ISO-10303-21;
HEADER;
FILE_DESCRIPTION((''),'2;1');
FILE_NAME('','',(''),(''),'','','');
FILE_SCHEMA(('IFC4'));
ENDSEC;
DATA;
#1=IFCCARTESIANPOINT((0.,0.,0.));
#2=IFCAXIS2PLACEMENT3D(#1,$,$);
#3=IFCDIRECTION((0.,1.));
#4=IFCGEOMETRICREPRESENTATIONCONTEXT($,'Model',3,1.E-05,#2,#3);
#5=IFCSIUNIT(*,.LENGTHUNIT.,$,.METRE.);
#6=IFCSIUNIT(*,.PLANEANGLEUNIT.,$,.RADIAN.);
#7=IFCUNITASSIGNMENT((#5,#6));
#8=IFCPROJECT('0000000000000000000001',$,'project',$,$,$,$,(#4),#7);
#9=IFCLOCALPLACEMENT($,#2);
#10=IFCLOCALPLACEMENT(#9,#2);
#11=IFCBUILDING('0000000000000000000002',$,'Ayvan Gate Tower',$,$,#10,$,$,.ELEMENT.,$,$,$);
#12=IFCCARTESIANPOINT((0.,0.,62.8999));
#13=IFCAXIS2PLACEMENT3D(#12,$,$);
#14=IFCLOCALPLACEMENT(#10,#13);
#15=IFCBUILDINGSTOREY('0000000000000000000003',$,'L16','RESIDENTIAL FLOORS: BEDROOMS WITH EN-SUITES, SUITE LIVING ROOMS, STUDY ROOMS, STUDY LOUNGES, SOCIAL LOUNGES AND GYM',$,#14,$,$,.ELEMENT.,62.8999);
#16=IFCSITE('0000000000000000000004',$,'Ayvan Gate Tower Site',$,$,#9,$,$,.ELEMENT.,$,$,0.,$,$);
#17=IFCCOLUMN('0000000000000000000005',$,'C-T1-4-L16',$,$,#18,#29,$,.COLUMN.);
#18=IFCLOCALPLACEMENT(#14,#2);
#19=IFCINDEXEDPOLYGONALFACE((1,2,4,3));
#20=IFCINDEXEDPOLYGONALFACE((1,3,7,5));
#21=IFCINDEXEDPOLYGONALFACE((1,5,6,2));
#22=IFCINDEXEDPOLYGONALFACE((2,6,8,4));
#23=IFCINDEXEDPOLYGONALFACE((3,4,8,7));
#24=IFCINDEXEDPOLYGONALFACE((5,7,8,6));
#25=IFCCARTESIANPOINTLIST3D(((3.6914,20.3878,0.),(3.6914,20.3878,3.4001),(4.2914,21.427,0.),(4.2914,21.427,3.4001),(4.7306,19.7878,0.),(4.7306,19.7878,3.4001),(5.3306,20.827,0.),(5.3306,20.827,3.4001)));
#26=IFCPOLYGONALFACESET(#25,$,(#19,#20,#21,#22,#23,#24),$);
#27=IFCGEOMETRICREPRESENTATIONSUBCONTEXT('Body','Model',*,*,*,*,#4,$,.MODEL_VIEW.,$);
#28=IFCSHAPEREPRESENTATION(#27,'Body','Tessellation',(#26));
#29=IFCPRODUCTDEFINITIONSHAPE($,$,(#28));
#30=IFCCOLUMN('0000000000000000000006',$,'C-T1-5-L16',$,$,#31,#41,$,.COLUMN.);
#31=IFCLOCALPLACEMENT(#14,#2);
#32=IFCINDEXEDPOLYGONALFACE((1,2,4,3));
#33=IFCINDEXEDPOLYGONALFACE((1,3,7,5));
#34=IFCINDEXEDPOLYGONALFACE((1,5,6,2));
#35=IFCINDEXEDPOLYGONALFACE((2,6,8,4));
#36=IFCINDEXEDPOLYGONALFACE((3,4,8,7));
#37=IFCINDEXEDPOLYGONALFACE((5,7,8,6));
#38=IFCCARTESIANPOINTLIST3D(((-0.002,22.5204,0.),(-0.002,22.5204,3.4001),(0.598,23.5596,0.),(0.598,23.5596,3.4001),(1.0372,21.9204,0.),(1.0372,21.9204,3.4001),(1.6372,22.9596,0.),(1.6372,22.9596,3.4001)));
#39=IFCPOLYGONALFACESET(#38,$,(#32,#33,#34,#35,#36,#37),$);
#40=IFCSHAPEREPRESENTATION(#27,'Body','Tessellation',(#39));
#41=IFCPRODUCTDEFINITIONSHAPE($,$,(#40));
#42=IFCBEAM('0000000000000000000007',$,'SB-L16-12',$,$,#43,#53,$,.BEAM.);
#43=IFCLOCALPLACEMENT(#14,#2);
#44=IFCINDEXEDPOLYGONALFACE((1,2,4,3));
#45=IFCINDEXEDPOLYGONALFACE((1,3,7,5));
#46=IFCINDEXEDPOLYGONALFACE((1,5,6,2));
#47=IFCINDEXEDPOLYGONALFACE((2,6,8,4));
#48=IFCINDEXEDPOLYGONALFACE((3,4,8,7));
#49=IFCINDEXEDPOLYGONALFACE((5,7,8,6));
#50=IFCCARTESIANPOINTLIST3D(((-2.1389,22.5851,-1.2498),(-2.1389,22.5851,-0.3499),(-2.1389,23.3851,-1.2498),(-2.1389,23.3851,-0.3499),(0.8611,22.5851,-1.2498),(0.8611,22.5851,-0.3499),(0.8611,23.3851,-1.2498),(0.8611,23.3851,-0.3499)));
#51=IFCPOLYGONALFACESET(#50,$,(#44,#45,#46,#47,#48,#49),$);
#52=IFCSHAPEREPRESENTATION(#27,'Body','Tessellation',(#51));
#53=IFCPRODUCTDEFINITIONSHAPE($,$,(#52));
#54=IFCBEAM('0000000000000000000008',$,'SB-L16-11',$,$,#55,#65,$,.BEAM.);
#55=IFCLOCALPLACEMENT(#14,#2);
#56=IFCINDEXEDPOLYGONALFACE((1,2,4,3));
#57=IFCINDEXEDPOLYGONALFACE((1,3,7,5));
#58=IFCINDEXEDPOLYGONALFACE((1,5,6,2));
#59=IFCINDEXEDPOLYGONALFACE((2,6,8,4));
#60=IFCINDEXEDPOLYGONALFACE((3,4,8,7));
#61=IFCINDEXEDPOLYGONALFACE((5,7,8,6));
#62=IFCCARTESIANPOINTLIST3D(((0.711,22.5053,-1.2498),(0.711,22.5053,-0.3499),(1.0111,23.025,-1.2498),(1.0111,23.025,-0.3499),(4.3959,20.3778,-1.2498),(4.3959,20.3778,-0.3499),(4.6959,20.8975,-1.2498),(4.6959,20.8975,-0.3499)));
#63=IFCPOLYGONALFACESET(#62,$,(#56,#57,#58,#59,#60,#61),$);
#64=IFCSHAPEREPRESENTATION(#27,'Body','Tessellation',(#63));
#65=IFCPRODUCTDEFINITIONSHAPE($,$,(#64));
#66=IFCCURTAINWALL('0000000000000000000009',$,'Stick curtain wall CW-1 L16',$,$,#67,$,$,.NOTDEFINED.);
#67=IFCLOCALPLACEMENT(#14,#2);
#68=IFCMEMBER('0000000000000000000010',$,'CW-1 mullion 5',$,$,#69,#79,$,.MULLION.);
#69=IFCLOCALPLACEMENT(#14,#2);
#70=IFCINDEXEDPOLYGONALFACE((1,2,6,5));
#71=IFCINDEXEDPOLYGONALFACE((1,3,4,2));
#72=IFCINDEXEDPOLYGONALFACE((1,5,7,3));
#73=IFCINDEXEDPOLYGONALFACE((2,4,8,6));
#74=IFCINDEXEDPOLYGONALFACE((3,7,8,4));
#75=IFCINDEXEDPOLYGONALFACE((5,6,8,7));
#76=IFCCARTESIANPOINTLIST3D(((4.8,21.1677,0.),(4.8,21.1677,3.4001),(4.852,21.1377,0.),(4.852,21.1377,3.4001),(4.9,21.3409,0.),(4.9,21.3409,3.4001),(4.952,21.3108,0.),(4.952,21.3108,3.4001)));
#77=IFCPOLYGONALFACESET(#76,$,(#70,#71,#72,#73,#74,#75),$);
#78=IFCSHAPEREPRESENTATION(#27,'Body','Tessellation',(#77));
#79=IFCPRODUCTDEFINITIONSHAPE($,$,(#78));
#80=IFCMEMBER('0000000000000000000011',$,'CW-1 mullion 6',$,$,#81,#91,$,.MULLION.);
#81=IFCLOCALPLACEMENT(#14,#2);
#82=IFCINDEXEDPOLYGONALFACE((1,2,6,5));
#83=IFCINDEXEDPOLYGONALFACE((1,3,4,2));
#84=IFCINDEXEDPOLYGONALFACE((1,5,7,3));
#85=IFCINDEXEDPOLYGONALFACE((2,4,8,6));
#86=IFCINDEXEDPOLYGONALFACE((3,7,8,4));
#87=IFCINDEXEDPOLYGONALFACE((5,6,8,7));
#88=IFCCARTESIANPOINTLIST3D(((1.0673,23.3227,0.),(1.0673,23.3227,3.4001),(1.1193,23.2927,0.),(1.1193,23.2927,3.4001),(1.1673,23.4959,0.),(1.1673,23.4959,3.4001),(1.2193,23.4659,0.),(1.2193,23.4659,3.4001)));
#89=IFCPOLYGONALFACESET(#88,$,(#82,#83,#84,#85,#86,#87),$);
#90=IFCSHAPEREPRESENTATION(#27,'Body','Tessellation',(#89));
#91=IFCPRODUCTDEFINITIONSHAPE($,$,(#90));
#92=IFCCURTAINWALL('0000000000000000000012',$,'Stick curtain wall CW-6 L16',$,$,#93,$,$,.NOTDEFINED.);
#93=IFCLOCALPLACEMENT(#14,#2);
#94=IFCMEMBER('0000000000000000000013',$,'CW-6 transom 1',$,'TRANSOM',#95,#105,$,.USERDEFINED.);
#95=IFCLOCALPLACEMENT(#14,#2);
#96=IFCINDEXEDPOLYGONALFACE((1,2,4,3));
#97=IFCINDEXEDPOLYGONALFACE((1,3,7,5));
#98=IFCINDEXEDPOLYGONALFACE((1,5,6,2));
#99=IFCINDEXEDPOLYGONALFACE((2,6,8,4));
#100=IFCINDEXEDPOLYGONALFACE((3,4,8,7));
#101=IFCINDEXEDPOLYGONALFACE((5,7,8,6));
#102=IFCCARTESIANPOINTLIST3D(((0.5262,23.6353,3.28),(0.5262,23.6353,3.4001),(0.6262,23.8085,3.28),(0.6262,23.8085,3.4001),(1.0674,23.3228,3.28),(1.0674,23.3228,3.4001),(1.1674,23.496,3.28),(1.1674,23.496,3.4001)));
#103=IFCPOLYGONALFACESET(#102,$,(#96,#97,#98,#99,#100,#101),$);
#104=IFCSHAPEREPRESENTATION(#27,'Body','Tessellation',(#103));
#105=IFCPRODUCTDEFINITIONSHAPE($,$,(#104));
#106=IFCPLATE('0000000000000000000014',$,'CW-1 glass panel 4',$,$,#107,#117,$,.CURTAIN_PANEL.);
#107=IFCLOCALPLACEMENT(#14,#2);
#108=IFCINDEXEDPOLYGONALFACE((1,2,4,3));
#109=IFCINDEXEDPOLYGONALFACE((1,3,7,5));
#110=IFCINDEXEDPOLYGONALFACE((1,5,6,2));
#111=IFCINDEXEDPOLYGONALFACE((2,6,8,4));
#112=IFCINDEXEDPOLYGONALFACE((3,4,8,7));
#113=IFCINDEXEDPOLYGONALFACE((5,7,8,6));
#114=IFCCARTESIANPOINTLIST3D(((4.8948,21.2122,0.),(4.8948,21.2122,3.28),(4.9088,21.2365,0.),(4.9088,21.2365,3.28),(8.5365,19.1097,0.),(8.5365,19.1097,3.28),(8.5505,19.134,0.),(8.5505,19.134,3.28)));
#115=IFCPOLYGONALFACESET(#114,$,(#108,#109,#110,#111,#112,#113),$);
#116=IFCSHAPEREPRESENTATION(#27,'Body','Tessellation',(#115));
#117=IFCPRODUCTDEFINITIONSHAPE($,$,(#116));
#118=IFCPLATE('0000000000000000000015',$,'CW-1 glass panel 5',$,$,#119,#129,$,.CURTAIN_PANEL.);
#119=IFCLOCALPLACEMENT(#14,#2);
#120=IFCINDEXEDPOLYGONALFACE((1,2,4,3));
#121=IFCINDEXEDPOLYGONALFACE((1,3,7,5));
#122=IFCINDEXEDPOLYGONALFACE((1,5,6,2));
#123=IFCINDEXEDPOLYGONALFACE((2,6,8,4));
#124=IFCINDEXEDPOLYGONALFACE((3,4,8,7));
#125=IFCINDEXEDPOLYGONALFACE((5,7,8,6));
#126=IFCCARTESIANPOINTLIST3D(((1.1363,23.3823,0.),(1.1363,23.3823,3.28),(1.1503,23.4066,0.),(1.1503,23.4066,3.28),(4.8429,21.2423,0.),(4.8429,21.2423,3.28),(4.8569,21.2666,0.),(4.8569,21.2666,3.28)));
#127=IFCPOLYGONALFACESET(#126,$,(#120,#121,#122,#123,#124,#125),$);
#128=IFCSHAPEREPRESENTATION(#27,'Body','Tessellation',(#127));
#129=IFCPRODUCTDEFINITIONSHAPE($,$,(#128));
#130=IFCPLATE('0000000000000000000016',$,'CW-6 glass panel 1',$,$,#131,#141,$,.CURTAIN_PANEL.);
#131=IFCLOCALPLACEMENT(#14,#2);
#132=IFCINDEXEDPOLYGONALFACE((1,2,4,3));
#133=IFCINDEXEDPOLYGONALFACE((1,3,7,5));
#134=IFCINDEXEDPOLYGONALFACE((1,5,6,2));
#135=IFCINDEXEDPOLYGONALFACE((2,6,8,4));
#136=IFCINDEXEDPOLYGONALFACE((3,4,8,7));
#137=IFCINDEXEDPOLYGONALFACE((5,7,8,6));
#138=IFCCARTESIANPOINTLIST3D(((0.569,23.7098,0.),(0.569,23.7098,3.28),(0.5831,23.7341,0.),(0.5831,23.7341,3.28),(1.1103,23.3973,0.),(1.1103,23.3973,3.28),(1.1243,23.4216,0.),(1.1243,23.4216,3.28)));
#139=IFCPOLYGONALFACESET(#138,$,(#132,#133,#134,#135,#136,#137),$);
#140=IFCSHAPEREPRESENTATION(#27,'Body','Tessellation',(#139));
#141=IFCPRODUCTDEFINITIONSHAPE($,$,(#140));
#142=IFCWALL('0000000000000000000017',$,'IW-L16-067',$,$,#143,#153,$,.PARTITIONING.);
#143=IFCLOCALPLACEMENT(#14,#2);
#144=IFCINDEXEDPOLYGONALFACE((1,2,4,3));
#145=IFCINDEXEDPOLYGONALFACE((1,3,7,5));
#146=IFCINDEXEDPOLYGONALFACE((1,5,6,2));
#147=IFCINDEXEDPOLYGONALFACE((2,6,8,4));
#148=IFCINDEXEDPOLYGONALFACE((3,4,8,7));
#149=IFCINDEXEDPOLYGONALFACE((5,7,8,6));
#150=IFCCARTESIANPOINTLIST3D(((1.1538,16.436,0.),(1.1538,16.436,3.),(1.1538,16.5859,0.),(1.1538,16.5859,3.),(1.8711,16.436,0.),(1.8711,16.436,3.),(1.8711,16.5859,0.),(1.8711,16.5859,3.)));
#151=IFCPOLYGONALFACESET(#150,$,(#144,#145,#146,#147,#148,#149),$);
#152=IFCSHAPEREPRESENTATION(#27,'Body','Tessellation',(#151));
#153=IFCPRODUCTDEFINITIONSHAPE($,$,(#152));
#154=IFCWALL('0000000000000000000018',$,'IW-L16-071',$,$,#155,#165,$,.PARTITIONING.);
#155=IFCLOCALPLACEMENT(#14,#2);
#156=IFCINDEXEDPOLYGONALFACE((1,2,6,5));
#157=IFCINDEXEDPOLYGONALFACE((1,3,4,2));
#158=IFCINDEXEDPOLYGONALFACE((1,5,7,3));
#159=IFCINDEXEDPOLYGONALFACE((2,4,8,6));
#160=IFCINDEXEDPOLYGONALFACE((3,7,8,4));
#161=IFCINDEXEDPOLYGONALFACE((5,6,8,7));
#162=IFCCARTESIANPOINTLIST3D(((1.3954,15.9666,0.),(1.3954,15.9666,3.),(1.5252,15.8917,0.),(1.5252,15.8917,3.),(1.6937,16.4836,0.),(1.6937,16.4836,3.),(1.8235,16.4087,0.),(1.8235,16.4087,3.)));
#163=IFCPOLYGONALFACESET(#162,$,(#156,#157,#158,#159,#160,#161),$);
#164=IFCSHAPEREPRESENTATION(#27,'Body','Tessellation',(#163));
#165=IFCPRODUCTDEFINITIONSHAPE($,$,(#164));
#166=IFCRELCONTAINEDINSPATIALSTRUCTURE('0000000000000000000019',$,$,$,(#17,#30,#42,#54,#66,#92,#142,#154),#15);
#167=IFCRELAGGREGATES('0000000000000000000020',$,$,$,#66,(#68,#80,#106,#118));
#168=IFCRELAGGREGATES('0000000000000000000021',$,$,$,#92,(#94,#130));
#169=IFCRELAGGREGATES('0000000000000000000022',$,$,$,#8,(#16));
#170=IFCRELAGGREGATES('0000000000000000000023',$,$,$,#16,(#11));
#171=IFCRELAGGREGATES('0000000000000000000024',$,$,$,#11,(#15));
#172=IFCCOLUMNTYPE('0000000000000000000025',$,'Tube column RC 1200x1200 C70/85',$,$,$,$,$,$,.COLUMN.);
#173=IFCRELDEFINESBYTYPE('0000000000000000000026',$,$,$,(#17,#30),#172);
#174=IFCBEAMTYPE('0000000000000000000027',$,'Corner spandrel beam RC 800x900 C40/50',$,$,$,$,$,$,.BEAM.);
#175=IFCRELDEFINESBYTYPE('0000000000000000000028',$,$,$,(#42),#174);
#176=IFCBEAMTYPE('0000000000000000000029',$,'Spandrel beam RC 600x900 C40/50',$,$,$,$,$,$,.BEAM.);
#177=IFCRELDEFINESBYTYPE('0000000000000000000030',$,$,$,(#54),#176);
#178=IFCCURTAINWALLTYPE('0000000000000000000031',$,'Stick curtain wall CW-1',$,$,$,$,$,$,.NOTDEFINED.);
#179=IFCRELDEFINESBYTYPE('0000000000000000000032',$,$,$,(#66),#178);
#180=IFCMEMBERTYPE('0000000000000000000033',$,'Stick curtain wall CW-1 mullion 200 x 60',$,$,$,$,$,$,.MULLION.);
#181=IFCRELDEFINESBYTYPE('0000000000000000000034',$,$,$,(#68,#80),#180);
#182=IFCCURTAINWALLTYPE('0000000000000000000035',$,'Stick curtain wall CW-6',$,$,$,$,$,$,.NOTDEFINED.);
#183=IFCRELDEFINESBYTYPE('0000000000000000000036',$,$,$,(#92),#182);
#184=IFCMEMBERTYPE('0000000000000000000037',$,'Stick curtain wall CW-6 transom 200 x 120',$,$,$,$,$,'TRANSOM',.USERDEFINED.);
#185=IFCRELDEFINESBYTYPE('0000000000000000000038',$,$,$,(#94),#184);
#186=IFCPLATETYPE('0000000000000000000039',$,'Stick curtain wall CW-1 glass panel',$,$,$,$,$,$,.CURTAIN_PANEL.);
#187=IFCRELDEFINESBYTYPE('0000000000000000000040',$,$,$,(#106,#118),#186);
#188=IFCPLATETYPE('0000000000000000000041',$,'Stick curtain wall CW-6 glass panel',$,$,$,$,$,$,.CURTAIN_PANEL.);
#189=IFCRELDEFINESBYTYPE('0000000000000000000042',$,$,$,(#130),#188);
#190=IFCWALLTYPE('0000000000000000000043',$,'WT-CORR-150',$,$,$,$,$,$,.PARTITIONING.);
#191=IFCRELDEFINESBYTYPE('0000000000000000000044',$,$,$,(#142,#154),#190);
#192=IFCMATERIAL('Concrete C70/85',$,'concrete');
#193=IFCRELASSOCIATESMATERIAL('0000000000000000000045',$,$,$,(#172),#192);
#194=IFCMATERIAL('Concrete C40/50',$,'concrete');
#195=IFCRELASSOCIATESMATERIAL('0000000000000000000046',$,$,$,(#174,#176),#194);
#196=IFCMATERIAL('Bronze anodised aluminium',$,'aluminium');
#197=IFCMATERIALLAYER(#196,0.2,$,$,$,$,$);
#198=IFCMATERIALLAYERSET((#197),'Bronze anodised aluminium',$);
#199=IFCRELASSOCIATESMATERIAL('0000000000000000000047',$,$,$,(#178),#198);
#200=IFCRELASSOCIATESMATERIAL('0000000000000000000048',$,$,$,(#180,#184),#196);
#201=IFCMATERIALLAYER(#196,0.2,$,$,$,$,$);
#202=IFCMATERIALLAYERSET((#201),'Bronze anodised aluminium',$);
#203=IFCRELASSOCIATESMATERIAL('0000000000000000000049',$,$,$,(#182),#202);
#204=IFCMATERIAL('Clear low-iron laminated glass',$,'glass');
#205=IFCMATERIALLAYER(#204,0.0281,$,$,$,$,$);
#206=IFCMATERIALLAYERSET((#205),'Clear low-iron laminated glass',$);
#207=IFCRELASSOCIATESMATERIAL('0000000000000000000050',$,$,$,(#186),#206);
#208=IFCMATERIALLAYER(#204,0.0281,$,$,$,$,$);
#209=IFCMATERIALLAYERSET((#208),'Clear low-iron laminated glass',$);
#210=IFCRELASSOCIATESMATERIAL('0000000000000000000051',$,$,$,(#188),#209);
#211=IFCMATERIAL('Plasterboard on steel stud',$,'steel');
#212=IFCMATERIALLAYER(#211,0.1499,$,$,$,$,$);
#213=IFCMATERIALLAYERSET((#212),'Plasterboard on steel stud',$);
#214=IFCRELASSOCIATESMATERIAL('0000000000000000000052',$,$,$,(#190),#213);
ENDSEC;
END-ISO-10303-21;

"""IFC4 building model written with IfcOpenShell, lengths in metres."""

from ifc_helpers import new_model, si_unit, direction, frame, frame_2d, origin, origin_2d, place, context, subcontext, project, spatial, rectangle, extrude, material, layer, layer_set, material_profile, profile_set, type_object, element, aggregate, save


model = new_model("IFC4")

# Units and contexts
model_context = context("Model", 3, precision=1e-05, world=origin(), true_north=direction((0.0, 1.0)))
body_context = subcontext(model_context, "Body", "Model", "MODEL_VIEW")
ifc_project = project(units=[si_unit("LENGTHUNIT", "METRE"), si_unit("PLANEANGLEUNIT", "RADIAN")], contexts=[model_context])

# Site, building, storey
site_placement = place(None, origin())
site = spatial("IfcSite", under=ifc_project, at=site_placement, Name="Ayvan Gate Tower Site", CompositionType="ELEMENT", RefElevation=0.0)
building_placement = place(site_placement, origin())
building = spatial("IfcBuilding", under=site, at=building_placement, Name="Ayvan Gate Tower", CompositionType="ELEMENT")
storey_placement = place(building_placement, frame((0.0, 0.0, 62.8999)))
storey = spatial("IfcBuildingStorey", under=building, at=storey_placement, Name="L16", Description="RESIDENTIAL FLOORS: BEDROOMS WITH EN-SUITES, SUITE LIVING ROOMS, STUDY ROOMS, STUDY LOUNGES, SOCIAL LOUNGES AND GYM", CompositionType="ELEMENT", Elevation=62.8999)

# Columns
ifc_material_1 = material(Name="Concrete C70/85", Category="concrete")
ifc_material_profile_1 = material_profile(ifc_material_1, rectangle(XDim=1.2, YDim=1.2, at=origin_2d()), Name="RC 1200x1200")
ifc_profile_set_1 = profile_set([ifc_material_profile_1], Name="Concrete C70/85")
column_type = type_object("IfcColumnType", Name="Tube column RC 1200x1200 C70/85", PredefinedType="COLUMN", material=ifc_profile_set_1)
for number, where, z_axis, x_axis, name in (
    (1, (4.511, 20.6074, 0.0), (0.0, 0.0, 1.0), (0.5, 0.866025, 0.0), "C-T1-4-L16"),
    (2, (0.8176, 22.74, 0.0), (0.0, 0.0, 1.0), (0.5, 0.866025, 0.0), "C-T1-5-L16"),
):
    element("IfcColumn", number, at=place(storey_placement, frame(where, z_axis=z_axis, x_axis=x_axis)), inside=storey, type_object=column_type, Name=name, PredefinedType="COLUMN", context=body_context, shape_type="SweptSolid", body=[
        extrude(rectangle(XDim=1.2, YDim=1.2, at=origin_2d()), origin(), (0.0, 0.0, 1.0), 3.4001),
    ])

# Beams
ifc_material_2 = material(Name="Concrete C40/50", Category="concrete")
ifc_material_profile_2 = material_profile(ifc_material_2, rectangle(XDim=0.8, YDim=0.8999, at=origin_2d()), Name="RC 800x900")
ifc_profile_set_2 = profile_set([ifc_material_profile_2], Name="Concrete C40/50")
beam_type_1 = type_object("IfcBeamType", Name="Corner spandrel beam RC 800x900 C40/50", PredefinedType="BEAM", material=ifc_profile_set_2)
beam_1_placement = place(storey_placement, frame((0.8611, 22.9851, -0.7998), z_axis=(-1.0, 0.0, 0.0), x_axis=(0.0, -1.0, 0.0)))
element("IfcBeam", 3, at=beam_1_placement, inside=storey, type_object=beam_type_1, Name="SB-L16-12", PredefinedType="BEAM", context=body_context, shape_type="SweptSolid", body=[
    extrude(rectangle(XDim=0.8, YDim=0.8999, at=origin_2d()), origin(), (0.0, 0.0, 1.0), 3.0),
])
ifc_material_profile_3 = material_profile(ifc_material_2, rectangle(XDim=0.6001, YDim=0.8999, at=origin_2d()), Name="RC 600x900")
ifc_profile_set_3 = profile_set([ifc_material_profile_3], Name="Concrete C40/50")
beam_type_2 = type_object("IfcBeamType", Name="Spandrel beam RC 600x900 C40/50", PredefinedType="BEAM", material=ifc_profile_set_3)
beam_2_placement = place(storey_placement, frame((4.5459, 20.6377, -0.7998), z_axis=(-0.866024, 0.500002, 0.0), x_axis=(-0.500002, -0.866024, 0.0)))
element("IfcBeam", 4, at=beam_2_placement, inside=storey, type_object=beam_type_2, Name="SB-L16-11", PredefinedType="BEAM", context=body_context, shape_type="SweptSolid", body=[
    extrude(rectangle(XDim=0.6001, YDim=0.8999, at=origin_2d()), origin(), (0.0, 0.0, 1.0), 4.2549),
])

# Curtain wall, members
ifc_material_3 = material(Name="Bronze anodised aluminium", Category="aluminium")
ifc_layer_1 = layer(ifc_material_3, 0.2)
ifc_layer_set_1 = layer_set([ifc_layer_1], Name="Bronze anodised aluminium")
curtain_wall_type_1 = type_object("IfcCurtainWallType", Name="Stick curtain wall CW-1", PredefinedType="NOTDEFINED", material=ifc_layer_set_1)
curtain_wall_1_placement = place(storey_placement, origin())
curtain_wall_1 = element("IfcCurtainWall", 5, at=curtain_wall_1_placement, inside=storey, type_object=curtain_wall_type_1, Name="Stick curtain wall CW-1 L16", PredefinedType="NOTDEFINED")
ifc_material_profile_4 = material_profile(ifc_material_3, rectangle(XDim=0.2, YDim=0.0601, at=origin_2d()), Name="Stick curtain wall CW-1 mullion 200 x 60")
ifc_profile_set_4 = profile_set([ifc_material_profile_4], Name="Bronze anodised aluminium")
member_type_1 = type_object("IfcMemberType", Name="Stick curtain wall CW-1 mullion 200 x 60", PredefinedType="MULLION", material=ifc_profile_set_4)
member_1_placement = place(storey_placement, frame((4.876, 21.2393, 0.0), z_axis=(0.0, 0.0, 1.0), x_axis=(0.5, 0.866025, 0.0)))
member_1 = element("IfcMember", 6, at=member_1_placement, type_object=member_type_1, Name="CW-1 mullion 5", PredefinedType="MULLION", context=body_context, shape_type="SweptSolid", body=[
    extrude(rectangle(XDim=0.2, YDim=0.0601, at=origin_2d()), origin(), (0.0, 0.0, 1.0), 3.4001),
])
member_2_placement = place(storey_placement, frame((1.1433, 23.3943, 0.0), z_axis=(0.0, 0.0, 1.0), x_axis=(0.5, 0.866025, 0.0)))
member_2 = element("IfcMember", 7, at=member_2_placement, type_object=member_type_1, Name="CW-1 mullion 6", PredefinedType="MULLION", context=body_context, shape_type="SweptSolid", body=[
    extrude(rectangle(XDim=0.2, YDim=0.0601, at=origin_2d()), origin(), (0.0, 0.0, 1.0), 3.4001),
])

# Curtain wall, member
ifc_layer_2 = layer(ifc_material_3, 0.2)
ifc_layer_set_2 = layer_set([ifc_layer_2], Name="Bronze anodised aluminium")
curtain_wall_type_2 = type_object("IfcCurtainWallType", Name="Stick curtain wall CW-6", PredefinedType="NOTDEFINED", material=ifc_layer_set_2)
curtain_wall_2_placement = place(storey_placement, origin())
curtain_wall_2 = element("IfcCurtainWall", 8, at=curtain_wall_2_placement, inside=storey, type_object=curtain_wall_type_2, Name="Stick curtain wall CW-6 L16", PredefinedType="NOTDEFINED")
ifc_material_profile_5 = material_profile(ifc_material_3, rectangle(XDim=0.2, YDim=0.1201, at=origin_2d()), Name="Stick curtain wall CW-6 transom 200 x 120")
ifc_profile_set_5 = profile_set([ifc_material_profile_5], Name="Bronze anodised aluminium")
member_type_2 = type_object("IfcMemberType", Name="Stick curtain wall CW-6 transom 200 x 120", ElementType="TRANSOM", PredefinedType="USERDEFINED", material=ifc_profile_set_5)
member_3_placement = place(storey_placement, frame((1.1174, 23.4094, 3.3401), z_axis=(-0.866023, 0.500004, 0.0), x_axis=(-0.500004, -0.866023, 0.0)))
member_3 = element("IfcMember", 9, at=member_3_placement, type_object=member_type_2, Name="CW-6 transom 1", ObjectType="TRANSOM", PredefinedType="USERDEFINED", context=body_context, shape_type="SweptSolid", body=[
    extrude(rectangle(XDim=0.2, YDim=0.1201, at=origin_2d()), origin(), (0.0, 0.0, 1.0), 0.625),
])

# Plates
ifc_material_4 = material(Name="Clear low-iron laminated glass", Category="glass")
ifc_layer_3 = layer(ifc_material_4, 0.0281)
ifc_layer_set_3 = layer_set([ifc_layer_3], Name="Clear low-iron laminated glass")
plate_type_1 = type_object("IfcPlateType", Name="Stick curtain wall CW-1 glass panel", PredefinedType="CURTAIN_PANEL", material=ifc_layer_set_3)
plate_1_placement = place(storey_placement, frame((6.7227, 20.1731, 0.0), z_axis=(0.0, 0.0, 1.0), x_axis=(-0.866025, 0.5, 0.0)))
plate_1 = element("IfcPlate", 10, at=plate_1_placement, type_object=plate_type_1, Name="CW-1 glass panel 4", PredefinedType="CURTAIN_PANEL", context=body_context, shape_type="SweptSolid", body=[
    extrude(rectangle(XDim=4.2051, YDim=0.0281, at=origin_2d()), origin(), (0.0, 0.0, 1.0), 3.28),
])
plate_2_placement = place(storey_placement, frame((2.9966, 22.3245, 0.0), z_axis=(0.0, 0.0, 1.0), x_axis=(-0.866025, 0.5, 0.0)))
plate_2 = element("IfcPlate", 11, at=plate_2_placement, type_object=plate_type_1, Name="CW-1 glass panel 5", PredefinedType="CURTAIN_PANEL", context=body_context, shape_type="SweptSolid", body=[
    extrude(rectangle(XDim=4.28, YDim=0.0281, at=origin_2d()), origin(), (0.0, 0.0, 1.0), 3.28),
])
aggregate(curtain_wall_1, [member_1, member_2, plate_1, plate_2])
ifc_layer_4 = layer(ifc_material_4, 0.0281)
ifc_layer_set_4 = layer_set([ifc_layer_4], Name="Clear low-iron laminated glass")
plate_type_2 = type_object("IfcPlateType", Name="Stick curtain wall CW-6 glass panel", PredefinedType="CURTAIN_PANEL", material=ifc_layer_set_4)
plate_3_placement = place(storey_placement, frame((0.8467, 23.5657, 0.0), z_axis=(0.0, 0.0, 1.0), x_axis=(-0.866025, 0.5, 0.0)))
plate_3 = element("IfcPlate", 12, at=plate_3_placement, type_object=plate_type_2, Name="CW-6 glass panel 1", PredefinedType="CURTAIN_PANEL", context=body_context, shape_type="SweptSolid", body=[
    extrude(rectangle(XDim=0.625, YDim=0.0281, at=origin_2d()), origin(), (0.0, 0.0, 1.0), 3.28),
])
aggregate(curtain_wall_2, [member_3, plate_3])

# Walls
ifc_material_5 = material(Name="Plasterboard on steel stud", Category="steel")
ifc_layer_5 = layer(ifc_material_5, 0.1499)
ifc_layer_set_5 = layer_set([ifc_layer_5], Name="Plasterboard on steel stud")
wall_type_1 = type_object("IfcWallType", Name="WT-CORR-150", PredefinedType="PARTITIONING", material=ifc_layer_set_5)
wall_1_placement = place(storey_placement, frame((1.1538, 16.511, 0.0), z_axis=(0.0, 0.0, 1.0), x_axis=(1.0, 0.0, 0.0)))
element("IfcWall", 13, at=wall_1_placement, inside=storey, type_object=wall_type_1, Name="IW-L16-067", PredefinedType="PARTITIONING", context=body_context, shape_type="SweptSolid", body=[
    extrude(rectangle(XDim=0.7173, YDim=0.1499, at=frame_2d((0.3586, 0.0))), origin(), (0.0, 0.0, 1.0), 3.0),
])
wall_2_placement = place(storey_placement, frame((1.7585, 16.446, 0.0), z_axis=(0.0, 0.0, 1.0), x_axis=(-0.499746, -0.866172, 0.0)))
element("IfcWall", 14, at=wall_2_placement, inside=storey, type_object=wall_type_1, Name="IW-L16-071", PredefinedType="PARTITIONING", context=body_context, shape_type="SweptSolid", body=[
    extrude(rectangle(XDim=0.5969, YDim=0.1499, at=frame_2d((0.2983, 0.0))), origin(), (0.0, 0.0, 1.0), 3.0),
])

save(model, "model.ifc")
